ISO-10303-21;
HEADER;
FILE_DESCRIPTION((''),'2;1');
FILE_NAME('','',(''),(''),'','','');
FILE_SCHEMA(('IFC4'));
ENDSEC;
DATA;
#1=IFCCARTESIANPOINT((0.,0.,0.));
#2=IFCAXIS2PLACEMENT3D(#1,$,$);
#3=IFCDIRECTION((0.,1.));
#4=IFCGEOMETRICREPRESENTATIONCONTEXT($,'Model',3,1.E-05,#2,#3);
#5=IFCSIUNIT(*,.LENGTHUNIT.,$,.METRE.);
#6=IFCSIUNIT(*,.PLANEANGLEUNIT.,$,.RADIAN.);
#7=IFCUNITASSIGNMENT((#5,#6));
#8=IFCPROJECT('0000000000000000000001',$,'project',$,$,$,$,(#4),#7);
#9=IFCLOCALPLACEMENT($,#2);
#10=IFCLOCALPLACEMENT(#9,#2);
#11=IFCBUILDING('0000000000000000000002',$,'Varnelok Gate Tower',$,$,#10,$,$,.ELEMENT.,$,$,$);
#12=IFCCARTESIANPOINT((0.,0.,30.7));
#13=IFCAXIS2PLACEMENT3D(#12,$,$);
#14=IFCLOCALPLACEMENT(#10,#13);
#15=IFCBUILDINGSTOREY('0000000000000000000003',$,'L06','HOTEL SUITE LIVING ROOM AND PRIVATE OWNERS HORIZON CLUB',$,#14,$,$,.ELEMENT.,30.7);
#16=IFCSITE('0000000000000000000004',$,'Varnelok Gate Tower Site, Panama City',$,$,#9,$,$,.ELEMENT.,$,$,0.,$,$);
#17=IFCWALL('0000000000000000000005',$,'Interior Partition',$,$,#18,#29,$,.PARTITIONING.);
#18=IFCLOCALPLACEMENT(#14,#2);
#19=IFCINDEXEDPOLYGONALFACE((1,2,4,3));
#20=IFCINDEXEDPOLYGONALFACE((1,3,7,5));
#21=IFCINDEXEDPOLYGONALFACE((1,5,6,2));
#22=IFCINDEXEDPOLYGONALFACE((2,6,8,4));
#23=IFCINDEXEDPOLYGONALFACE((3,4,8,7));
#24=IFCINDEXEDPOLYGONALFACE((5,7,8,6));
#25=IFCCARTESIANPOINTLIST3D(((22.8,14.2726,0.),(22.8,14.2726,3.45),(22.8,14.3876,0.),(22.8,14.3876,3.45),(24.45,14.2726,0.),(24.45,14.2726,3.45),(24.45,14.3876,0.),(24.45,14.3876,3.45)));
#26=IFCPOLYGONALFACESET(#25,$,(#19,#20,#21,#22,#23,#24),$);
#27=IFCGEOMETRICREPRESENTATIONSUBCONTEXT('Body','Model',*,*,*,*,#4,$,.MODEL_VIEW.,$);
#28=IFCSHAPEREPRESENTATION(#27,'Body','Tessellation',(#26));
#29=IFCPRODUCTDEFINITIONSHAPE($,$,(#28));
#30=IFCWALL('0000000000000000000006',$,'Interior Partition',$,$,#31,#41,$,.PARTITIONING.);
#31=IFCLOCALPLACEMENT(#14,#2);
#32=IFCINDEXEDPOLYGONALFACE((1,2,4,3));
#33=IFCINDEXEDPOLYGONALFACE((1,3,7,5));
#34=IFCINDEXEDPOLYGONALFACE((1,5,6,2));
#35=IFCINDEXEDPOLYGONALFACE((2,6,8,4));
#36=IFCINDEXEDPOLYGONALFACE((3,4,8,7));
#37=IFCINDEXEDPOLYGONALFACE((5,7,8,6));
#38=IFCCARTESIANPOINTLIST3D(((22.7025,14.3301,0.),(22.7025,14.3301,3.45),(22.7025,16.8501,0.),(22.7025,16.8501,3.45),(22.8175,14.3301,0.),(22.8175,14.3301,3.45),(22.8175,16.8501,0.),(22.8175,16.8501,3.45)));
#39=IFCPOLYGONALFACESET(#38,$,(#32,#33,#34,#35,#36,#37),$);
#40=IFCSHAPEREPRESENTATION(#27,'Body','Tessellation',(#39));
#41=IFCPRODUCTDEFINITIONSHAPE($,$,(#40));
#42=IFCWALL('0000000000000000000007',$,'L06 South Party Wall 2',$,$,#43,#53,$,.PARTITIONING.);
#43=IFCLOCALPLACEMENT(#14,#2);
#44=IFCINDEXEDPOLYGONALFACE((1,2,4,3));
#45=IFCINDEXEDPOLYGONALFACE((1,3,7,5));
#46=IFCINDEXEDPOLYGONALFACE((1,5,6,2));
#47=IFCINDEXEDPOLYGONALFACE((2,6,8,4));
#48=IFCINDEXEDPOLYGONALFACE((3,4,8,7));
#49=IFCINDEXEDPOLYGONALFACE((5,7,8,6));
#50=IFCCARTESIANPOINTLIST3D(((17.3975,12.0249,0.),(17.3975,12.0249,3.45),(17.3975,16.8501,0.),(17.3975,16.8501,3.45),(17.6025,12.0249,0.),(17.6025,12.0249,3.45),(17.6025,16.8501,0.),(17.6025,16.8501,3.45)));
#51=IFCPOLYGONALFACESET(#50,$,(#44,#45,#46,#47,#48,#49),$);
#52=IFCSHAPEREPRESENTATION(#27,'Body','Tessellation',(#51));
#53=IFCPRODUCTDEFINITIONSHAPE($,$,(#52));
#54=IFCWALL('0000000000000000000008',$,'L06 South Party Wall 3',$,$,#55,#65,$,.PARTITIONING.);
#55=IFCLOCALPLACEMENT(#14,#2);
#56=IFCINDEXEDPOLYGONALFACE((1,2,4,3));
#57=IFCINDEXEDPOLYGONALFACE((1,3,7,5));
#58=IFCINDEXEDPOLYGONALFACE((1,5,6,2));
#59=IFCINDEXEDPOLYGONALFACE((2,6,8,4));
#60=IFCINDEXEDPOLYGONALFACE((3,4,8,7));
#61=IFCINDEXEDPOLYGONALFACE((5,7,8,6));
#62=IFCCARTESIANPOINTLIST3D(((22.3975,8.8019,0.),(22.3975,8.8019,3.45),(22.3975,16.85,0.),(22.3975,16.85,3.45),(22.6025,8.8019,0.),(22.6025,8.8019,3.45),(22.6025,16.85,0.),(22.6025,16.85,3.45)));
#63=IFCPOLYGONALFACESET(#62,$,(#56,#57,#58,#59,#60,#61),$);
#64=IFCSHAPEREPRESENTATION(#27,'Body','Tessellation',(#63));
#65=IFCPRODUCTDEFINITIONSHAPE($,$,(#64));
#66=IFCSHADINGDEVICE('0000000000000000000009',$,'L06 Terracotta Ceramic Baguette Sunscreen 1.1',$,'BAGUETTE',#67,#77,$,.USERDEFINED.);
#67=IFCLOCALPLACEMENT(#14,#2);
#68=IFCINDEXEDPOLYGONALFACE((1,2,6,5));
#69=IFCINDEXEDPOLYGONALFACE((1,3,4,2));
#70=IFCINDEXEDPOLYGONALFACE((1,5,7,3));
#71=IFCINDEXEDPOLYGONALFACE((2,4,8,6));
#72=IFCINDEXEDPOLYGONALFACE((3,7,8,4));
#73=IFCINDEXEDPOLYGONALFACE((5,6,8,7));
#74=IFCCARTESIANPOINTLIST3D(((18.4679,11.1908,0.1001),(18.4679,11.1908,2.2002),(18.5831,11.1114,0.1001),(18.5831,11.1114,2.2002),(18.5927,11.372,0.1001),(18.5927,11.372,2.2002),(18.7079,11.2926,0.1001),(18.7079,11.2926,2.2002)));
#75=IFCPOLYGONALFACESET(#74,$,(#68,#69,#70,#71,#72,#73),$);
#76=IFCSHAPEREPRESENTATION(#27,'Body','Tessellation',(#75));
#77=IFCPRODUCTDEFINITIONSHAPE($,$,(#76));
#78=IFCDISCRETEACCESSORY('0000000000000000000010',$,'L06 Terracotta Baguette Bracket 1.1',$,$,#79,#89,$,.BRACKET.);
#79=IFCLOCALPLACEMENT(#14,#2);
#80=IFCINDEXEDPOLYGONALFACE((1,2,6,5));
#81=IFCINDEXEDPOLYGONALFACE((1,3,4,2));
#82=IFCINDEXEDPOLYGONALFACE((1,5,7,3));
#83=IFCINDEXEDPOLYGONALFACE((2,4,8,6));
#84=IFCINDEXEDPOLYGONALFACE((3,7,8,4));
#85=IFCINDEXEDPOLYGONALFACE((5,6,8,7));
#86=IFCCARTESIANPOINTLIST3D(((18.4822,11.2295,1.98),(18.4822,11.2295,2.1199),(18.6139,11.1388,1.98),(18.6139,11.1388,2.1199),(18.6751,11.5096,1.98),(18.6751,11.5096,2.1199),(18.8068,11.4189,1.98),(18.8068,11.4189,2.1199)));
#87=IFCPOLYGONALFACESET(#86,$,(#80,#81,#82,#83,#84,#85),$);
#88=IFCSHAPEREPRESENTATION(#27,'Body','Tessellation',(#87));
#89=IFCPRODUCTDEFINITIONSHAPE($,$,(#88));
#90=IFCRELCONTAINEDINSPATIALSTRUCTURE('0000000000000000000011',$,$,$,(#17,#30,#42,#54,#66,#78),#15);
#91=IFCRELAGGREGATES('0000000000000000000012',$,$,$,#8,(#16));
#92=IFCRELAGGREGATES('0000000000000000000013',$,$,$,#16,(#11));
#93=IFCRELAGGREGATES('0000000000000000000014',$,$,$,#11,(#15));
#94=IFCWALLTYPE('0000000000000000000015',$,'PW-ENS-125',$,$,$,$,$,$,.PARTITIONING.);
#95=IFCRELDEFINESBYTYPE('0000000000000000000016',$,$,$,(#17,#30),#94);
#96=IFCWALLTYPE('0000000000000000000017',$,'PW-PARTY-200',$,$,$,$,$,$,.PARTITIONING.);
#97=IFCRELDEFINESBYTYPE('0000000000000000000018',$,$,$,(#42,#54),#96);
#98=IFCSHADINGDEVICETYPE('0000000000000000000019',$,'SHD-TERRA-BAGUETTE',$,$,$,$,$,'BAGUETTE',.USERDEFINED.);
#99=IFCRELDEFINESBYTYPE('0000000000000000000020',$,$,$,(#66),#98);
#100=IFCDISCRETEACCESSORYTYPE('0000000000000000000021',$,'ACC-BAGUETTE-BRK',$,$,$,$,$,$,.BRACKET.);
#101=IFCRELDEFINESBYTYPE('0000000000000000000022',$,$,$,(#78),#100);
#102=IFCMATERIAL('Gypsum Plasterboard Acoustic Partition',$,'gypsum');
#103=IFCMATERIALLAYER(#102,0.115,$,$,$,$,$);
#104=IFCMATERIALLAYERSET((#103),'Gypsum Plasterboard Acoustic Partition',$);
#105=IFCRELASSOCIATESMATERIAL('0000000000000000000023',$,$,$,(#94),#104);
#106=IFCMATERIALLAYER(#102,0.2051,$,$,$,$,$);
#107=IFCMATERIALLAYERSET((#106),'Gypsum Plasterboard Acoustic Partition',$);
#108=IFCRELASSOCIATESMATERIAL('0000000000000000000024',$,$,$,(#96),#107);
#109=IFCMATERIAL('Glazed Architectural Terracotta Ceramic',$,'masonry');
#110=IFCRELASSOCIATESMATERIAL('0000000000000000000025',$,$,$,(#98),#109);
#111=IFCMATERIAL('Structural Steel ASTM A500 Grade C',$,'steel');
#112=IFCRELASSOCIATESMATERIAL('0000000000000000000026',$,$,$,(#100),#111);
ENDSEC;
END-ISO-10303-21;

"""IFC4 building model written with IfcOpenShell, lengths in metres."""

from ifc_helpers import new_model, si_unit, direction, frame, frame_2d, origin, origin_2d, place, context, subcontext, project, spatial, rectangle, extrude, source, transform, mapped, material, layer, layer_set, type_object, element, save


model = new_model("IFC4")

# Units and contexts
model_context = context("Model", 3, precision=1e-05, world=origin(), true_north=direction((0.0, 1.0)))
body_context = subcontext(model_context, "Body", "Model", "MODEL_VIEW")
ifc_project = project(units=[si_unit("LENGTHUNIT", "METRE"), si_unit("PLANEANGLEUNIT", "RADIAN")], contexts=[model_context])

# Site, building, storey
site_placement = place(None, origin())
site = spatial("IfcSite", under=ifc_project, at=site_placement, Name="Varnelok Gate Tower Site, Panama City", CompositionType="ELEMENT", RefElevation=0.0)
building_placement = place(site_placement, origin())
building = spatial("IfcBuilding", under=site, at=building_placement, Name="Varnelok Gate Tower", CompositionType="ELEMENT")
storey_placement = place(building_placement, frame((0.0, 0.0, 30.7)))
storey = spatial("IfcBuildingStorey", under=building, at=storey_placement, Name="L06", Description="HOTEL SUITE LIVING ROOM AND PRIVATE OWNERS HORIZON CLUB", CompositionType="ELEMENT", Elevation=30.7)

# Shared definitions
ifc_material_1 = material(Name="Gypsum Plasterboard Acoustic Partition", Category="gypsum")
ifc_layer_1 = layer(ifc_material_1, 0.115)
ifc_layer_set_1 = layer_set([ifc_layer_1], Name="Gypsum Plasterboard Acoustic Partition")
wall_type_1 = type_object("IfcWallType", Name="PW-ENS-125", PredefinedType="PARTITIONING", material=ifc_layer_set_1)

# Walls
wall_1_placement = place(storey_placement, frame((22.8, 14.3301, 0.0), z_axis=(0.0, 0.0, 1.0), x_axis=(1.0, 0.0, 0.0)))
element("IfcWall", 1, at=wall_1_placement, inside=storey, type_object=wall_type_1, Name="Interior Partition", PredefinedType="PARTITIONING", context=body_context, shape_type="SweptSolid", body=[
    extrude(rectangle(XDim=1.6499, YDim=0.115, at=frame_2d((0.825, 0.0))), origin(), (0.0, 0.0, 1.0), 3.45),
])
wall_2_placement = place(storey_placement, frame((22.76, 14.3301, 0.0), z_axis=(0.0, 0.0, 1.0), x_axis=(0.0, 1.0, 0.0)))
element("IfcWall", 2, at=wall_2_placement, inside=storey, type_object=wall_type_1, Name="Interior Partition", PredefinedType="PARTITIONING", context=body_context, shape_type="SweptSolid", body=[
    extrude(rectangle(XDim=2.52, YDim=0.115, at=frame_2d((1.26, 0.0))), origin(), (0.0, 0.0, 1.0), 3.45),
])
ifc_layer_2 = layer(ifc_material_1, 0.2051)
ifc_layer_set_2 = layer_set([ifc_layer_2], Name="Gypsum Plasterboard Acoustic Partition")
wall_type_2 = type_object("IfcWallType", Name="PW-PARTY-200", PredefinedType="PARTITIONING", material=ifc_layer_set_2)
wall_3_placement = place(storey_placement, frame((17.5, 12.0249, 0.0), z_axis=(0.0, 0.0, 1.0), x_axis=(0.0, 1.0, 0.0)))
element("IfcWall", 3, at=wall_3_placement, inside=storey, type_object=wall_type_2, Name="L06 South Party Wall 2", PredefinedType="PARTITIONING", context=body_context, shape_type="SweptSolid", body=[
    extrude(rectangle(XDim=4.8252, YDim=0.2051, at=frame_2d((2.4126, 0.0))), origin(), (0.0, 0.0, 1.0), 3.45),
])
wall_4_placement = place(storey_placement, frame((22.5, 8.802, 0.0), z_axis=(0.0, 0.0, 1.0), x_axis=(0.0, 1.0, 0.0)))
element("IfcWall", 4, at=wall_4_placement, inside=storey, type_object=wall_type_2, Name="L06 South Party Wall 3", PredefinedType="PARTITIONING", context=body_context, shape_type="SweptSolid", body=[
    extrude(rectangle(XDim=8.0481, YDim=0.2051, at=frame_2d((4.0239, 0.0))), origin(), (0.0, 0.0, 1.0), 3.45),
])

# Shading device
ifc_material_2 = material(Name="Glazed Architectural Terracotta Ceramic", Category="masonry")
shading_device_type = type_object("IfcShadingDeviceType", Name="SHD-TERRA-BAGUETTE", ElementType="BAGUETTE", PredefinedType="USERDEFINED", material=ifc_material_2)
shared_shape_1 = source(origin(), body_context, "Body", "SweptSolid", [
    extrude(rectangle(XDim=0.1399, YDim=0.22, at=origin_2d()), origin(), (0.0, 0.0, 1.0), 2.1001),
])
shading_device_placement = place(storey_placement, frame((18.5879, 11.2417, 0.1001), z_axis=(0.0, 0.0, 1.0), x_axis=(0.823533, -0.567269, 0.0)))
element("IfcShadingDevice", 5, at=shading_device_placement, inside=storey, type_object=shading_device_type, Name="L06 Terracotta Ceramic Baguette Sunscreen 1.1", ObjectType="BAGUETTE", PredefinedType="USERDEFINED", context=body_context, shape_type="MappedRepresentation", body=[
    mapped(shared_shape_1, transform((0.0, 0.0, 0.0), scale=1.0)),
])

# Discrete accessory
ifc_material_3 = material(Name="Structural Steel ASTM A500 Grade C", Category="steel")
discrete_accessory_type = type_object("IfcDiscreteAccessoryType", Name="ACC-BAGUETTE-BRK", PredefinedType="BRACKET", material=ifc_material_3)
shared_shape_2 = source(origin(), body_context, "Body", "SweptSolid", [
    extrude(rectangle(XDim=0.1599, YDim=0.3401, at=origin_2d()), origin(), (0.0, 0.0, 1.0), 0.1399),
])
discrete_accessory_placement = place(storey_placement, frame((18.6445, 11.3242, 1.98), z_axis=(0.0, 0.0, 1.0), x_axis=(0.823533, -0.567269, 0.0)))
element("IfcDiscreteAccessory", 6, at=discrete_accessory_placement, inside=storey, type_object=discrete_accessory_type, Name="L06 Terracotta Baguette Bracket 1.1", PredefinedType="BRACKET", context=body_context, shape_type="MappedRepresentation", body=[
    mapped(shared_shape_2, transform((0.0, 0.0, 0.0), scale=1.0)),
])

save(model, "model.ifc")
